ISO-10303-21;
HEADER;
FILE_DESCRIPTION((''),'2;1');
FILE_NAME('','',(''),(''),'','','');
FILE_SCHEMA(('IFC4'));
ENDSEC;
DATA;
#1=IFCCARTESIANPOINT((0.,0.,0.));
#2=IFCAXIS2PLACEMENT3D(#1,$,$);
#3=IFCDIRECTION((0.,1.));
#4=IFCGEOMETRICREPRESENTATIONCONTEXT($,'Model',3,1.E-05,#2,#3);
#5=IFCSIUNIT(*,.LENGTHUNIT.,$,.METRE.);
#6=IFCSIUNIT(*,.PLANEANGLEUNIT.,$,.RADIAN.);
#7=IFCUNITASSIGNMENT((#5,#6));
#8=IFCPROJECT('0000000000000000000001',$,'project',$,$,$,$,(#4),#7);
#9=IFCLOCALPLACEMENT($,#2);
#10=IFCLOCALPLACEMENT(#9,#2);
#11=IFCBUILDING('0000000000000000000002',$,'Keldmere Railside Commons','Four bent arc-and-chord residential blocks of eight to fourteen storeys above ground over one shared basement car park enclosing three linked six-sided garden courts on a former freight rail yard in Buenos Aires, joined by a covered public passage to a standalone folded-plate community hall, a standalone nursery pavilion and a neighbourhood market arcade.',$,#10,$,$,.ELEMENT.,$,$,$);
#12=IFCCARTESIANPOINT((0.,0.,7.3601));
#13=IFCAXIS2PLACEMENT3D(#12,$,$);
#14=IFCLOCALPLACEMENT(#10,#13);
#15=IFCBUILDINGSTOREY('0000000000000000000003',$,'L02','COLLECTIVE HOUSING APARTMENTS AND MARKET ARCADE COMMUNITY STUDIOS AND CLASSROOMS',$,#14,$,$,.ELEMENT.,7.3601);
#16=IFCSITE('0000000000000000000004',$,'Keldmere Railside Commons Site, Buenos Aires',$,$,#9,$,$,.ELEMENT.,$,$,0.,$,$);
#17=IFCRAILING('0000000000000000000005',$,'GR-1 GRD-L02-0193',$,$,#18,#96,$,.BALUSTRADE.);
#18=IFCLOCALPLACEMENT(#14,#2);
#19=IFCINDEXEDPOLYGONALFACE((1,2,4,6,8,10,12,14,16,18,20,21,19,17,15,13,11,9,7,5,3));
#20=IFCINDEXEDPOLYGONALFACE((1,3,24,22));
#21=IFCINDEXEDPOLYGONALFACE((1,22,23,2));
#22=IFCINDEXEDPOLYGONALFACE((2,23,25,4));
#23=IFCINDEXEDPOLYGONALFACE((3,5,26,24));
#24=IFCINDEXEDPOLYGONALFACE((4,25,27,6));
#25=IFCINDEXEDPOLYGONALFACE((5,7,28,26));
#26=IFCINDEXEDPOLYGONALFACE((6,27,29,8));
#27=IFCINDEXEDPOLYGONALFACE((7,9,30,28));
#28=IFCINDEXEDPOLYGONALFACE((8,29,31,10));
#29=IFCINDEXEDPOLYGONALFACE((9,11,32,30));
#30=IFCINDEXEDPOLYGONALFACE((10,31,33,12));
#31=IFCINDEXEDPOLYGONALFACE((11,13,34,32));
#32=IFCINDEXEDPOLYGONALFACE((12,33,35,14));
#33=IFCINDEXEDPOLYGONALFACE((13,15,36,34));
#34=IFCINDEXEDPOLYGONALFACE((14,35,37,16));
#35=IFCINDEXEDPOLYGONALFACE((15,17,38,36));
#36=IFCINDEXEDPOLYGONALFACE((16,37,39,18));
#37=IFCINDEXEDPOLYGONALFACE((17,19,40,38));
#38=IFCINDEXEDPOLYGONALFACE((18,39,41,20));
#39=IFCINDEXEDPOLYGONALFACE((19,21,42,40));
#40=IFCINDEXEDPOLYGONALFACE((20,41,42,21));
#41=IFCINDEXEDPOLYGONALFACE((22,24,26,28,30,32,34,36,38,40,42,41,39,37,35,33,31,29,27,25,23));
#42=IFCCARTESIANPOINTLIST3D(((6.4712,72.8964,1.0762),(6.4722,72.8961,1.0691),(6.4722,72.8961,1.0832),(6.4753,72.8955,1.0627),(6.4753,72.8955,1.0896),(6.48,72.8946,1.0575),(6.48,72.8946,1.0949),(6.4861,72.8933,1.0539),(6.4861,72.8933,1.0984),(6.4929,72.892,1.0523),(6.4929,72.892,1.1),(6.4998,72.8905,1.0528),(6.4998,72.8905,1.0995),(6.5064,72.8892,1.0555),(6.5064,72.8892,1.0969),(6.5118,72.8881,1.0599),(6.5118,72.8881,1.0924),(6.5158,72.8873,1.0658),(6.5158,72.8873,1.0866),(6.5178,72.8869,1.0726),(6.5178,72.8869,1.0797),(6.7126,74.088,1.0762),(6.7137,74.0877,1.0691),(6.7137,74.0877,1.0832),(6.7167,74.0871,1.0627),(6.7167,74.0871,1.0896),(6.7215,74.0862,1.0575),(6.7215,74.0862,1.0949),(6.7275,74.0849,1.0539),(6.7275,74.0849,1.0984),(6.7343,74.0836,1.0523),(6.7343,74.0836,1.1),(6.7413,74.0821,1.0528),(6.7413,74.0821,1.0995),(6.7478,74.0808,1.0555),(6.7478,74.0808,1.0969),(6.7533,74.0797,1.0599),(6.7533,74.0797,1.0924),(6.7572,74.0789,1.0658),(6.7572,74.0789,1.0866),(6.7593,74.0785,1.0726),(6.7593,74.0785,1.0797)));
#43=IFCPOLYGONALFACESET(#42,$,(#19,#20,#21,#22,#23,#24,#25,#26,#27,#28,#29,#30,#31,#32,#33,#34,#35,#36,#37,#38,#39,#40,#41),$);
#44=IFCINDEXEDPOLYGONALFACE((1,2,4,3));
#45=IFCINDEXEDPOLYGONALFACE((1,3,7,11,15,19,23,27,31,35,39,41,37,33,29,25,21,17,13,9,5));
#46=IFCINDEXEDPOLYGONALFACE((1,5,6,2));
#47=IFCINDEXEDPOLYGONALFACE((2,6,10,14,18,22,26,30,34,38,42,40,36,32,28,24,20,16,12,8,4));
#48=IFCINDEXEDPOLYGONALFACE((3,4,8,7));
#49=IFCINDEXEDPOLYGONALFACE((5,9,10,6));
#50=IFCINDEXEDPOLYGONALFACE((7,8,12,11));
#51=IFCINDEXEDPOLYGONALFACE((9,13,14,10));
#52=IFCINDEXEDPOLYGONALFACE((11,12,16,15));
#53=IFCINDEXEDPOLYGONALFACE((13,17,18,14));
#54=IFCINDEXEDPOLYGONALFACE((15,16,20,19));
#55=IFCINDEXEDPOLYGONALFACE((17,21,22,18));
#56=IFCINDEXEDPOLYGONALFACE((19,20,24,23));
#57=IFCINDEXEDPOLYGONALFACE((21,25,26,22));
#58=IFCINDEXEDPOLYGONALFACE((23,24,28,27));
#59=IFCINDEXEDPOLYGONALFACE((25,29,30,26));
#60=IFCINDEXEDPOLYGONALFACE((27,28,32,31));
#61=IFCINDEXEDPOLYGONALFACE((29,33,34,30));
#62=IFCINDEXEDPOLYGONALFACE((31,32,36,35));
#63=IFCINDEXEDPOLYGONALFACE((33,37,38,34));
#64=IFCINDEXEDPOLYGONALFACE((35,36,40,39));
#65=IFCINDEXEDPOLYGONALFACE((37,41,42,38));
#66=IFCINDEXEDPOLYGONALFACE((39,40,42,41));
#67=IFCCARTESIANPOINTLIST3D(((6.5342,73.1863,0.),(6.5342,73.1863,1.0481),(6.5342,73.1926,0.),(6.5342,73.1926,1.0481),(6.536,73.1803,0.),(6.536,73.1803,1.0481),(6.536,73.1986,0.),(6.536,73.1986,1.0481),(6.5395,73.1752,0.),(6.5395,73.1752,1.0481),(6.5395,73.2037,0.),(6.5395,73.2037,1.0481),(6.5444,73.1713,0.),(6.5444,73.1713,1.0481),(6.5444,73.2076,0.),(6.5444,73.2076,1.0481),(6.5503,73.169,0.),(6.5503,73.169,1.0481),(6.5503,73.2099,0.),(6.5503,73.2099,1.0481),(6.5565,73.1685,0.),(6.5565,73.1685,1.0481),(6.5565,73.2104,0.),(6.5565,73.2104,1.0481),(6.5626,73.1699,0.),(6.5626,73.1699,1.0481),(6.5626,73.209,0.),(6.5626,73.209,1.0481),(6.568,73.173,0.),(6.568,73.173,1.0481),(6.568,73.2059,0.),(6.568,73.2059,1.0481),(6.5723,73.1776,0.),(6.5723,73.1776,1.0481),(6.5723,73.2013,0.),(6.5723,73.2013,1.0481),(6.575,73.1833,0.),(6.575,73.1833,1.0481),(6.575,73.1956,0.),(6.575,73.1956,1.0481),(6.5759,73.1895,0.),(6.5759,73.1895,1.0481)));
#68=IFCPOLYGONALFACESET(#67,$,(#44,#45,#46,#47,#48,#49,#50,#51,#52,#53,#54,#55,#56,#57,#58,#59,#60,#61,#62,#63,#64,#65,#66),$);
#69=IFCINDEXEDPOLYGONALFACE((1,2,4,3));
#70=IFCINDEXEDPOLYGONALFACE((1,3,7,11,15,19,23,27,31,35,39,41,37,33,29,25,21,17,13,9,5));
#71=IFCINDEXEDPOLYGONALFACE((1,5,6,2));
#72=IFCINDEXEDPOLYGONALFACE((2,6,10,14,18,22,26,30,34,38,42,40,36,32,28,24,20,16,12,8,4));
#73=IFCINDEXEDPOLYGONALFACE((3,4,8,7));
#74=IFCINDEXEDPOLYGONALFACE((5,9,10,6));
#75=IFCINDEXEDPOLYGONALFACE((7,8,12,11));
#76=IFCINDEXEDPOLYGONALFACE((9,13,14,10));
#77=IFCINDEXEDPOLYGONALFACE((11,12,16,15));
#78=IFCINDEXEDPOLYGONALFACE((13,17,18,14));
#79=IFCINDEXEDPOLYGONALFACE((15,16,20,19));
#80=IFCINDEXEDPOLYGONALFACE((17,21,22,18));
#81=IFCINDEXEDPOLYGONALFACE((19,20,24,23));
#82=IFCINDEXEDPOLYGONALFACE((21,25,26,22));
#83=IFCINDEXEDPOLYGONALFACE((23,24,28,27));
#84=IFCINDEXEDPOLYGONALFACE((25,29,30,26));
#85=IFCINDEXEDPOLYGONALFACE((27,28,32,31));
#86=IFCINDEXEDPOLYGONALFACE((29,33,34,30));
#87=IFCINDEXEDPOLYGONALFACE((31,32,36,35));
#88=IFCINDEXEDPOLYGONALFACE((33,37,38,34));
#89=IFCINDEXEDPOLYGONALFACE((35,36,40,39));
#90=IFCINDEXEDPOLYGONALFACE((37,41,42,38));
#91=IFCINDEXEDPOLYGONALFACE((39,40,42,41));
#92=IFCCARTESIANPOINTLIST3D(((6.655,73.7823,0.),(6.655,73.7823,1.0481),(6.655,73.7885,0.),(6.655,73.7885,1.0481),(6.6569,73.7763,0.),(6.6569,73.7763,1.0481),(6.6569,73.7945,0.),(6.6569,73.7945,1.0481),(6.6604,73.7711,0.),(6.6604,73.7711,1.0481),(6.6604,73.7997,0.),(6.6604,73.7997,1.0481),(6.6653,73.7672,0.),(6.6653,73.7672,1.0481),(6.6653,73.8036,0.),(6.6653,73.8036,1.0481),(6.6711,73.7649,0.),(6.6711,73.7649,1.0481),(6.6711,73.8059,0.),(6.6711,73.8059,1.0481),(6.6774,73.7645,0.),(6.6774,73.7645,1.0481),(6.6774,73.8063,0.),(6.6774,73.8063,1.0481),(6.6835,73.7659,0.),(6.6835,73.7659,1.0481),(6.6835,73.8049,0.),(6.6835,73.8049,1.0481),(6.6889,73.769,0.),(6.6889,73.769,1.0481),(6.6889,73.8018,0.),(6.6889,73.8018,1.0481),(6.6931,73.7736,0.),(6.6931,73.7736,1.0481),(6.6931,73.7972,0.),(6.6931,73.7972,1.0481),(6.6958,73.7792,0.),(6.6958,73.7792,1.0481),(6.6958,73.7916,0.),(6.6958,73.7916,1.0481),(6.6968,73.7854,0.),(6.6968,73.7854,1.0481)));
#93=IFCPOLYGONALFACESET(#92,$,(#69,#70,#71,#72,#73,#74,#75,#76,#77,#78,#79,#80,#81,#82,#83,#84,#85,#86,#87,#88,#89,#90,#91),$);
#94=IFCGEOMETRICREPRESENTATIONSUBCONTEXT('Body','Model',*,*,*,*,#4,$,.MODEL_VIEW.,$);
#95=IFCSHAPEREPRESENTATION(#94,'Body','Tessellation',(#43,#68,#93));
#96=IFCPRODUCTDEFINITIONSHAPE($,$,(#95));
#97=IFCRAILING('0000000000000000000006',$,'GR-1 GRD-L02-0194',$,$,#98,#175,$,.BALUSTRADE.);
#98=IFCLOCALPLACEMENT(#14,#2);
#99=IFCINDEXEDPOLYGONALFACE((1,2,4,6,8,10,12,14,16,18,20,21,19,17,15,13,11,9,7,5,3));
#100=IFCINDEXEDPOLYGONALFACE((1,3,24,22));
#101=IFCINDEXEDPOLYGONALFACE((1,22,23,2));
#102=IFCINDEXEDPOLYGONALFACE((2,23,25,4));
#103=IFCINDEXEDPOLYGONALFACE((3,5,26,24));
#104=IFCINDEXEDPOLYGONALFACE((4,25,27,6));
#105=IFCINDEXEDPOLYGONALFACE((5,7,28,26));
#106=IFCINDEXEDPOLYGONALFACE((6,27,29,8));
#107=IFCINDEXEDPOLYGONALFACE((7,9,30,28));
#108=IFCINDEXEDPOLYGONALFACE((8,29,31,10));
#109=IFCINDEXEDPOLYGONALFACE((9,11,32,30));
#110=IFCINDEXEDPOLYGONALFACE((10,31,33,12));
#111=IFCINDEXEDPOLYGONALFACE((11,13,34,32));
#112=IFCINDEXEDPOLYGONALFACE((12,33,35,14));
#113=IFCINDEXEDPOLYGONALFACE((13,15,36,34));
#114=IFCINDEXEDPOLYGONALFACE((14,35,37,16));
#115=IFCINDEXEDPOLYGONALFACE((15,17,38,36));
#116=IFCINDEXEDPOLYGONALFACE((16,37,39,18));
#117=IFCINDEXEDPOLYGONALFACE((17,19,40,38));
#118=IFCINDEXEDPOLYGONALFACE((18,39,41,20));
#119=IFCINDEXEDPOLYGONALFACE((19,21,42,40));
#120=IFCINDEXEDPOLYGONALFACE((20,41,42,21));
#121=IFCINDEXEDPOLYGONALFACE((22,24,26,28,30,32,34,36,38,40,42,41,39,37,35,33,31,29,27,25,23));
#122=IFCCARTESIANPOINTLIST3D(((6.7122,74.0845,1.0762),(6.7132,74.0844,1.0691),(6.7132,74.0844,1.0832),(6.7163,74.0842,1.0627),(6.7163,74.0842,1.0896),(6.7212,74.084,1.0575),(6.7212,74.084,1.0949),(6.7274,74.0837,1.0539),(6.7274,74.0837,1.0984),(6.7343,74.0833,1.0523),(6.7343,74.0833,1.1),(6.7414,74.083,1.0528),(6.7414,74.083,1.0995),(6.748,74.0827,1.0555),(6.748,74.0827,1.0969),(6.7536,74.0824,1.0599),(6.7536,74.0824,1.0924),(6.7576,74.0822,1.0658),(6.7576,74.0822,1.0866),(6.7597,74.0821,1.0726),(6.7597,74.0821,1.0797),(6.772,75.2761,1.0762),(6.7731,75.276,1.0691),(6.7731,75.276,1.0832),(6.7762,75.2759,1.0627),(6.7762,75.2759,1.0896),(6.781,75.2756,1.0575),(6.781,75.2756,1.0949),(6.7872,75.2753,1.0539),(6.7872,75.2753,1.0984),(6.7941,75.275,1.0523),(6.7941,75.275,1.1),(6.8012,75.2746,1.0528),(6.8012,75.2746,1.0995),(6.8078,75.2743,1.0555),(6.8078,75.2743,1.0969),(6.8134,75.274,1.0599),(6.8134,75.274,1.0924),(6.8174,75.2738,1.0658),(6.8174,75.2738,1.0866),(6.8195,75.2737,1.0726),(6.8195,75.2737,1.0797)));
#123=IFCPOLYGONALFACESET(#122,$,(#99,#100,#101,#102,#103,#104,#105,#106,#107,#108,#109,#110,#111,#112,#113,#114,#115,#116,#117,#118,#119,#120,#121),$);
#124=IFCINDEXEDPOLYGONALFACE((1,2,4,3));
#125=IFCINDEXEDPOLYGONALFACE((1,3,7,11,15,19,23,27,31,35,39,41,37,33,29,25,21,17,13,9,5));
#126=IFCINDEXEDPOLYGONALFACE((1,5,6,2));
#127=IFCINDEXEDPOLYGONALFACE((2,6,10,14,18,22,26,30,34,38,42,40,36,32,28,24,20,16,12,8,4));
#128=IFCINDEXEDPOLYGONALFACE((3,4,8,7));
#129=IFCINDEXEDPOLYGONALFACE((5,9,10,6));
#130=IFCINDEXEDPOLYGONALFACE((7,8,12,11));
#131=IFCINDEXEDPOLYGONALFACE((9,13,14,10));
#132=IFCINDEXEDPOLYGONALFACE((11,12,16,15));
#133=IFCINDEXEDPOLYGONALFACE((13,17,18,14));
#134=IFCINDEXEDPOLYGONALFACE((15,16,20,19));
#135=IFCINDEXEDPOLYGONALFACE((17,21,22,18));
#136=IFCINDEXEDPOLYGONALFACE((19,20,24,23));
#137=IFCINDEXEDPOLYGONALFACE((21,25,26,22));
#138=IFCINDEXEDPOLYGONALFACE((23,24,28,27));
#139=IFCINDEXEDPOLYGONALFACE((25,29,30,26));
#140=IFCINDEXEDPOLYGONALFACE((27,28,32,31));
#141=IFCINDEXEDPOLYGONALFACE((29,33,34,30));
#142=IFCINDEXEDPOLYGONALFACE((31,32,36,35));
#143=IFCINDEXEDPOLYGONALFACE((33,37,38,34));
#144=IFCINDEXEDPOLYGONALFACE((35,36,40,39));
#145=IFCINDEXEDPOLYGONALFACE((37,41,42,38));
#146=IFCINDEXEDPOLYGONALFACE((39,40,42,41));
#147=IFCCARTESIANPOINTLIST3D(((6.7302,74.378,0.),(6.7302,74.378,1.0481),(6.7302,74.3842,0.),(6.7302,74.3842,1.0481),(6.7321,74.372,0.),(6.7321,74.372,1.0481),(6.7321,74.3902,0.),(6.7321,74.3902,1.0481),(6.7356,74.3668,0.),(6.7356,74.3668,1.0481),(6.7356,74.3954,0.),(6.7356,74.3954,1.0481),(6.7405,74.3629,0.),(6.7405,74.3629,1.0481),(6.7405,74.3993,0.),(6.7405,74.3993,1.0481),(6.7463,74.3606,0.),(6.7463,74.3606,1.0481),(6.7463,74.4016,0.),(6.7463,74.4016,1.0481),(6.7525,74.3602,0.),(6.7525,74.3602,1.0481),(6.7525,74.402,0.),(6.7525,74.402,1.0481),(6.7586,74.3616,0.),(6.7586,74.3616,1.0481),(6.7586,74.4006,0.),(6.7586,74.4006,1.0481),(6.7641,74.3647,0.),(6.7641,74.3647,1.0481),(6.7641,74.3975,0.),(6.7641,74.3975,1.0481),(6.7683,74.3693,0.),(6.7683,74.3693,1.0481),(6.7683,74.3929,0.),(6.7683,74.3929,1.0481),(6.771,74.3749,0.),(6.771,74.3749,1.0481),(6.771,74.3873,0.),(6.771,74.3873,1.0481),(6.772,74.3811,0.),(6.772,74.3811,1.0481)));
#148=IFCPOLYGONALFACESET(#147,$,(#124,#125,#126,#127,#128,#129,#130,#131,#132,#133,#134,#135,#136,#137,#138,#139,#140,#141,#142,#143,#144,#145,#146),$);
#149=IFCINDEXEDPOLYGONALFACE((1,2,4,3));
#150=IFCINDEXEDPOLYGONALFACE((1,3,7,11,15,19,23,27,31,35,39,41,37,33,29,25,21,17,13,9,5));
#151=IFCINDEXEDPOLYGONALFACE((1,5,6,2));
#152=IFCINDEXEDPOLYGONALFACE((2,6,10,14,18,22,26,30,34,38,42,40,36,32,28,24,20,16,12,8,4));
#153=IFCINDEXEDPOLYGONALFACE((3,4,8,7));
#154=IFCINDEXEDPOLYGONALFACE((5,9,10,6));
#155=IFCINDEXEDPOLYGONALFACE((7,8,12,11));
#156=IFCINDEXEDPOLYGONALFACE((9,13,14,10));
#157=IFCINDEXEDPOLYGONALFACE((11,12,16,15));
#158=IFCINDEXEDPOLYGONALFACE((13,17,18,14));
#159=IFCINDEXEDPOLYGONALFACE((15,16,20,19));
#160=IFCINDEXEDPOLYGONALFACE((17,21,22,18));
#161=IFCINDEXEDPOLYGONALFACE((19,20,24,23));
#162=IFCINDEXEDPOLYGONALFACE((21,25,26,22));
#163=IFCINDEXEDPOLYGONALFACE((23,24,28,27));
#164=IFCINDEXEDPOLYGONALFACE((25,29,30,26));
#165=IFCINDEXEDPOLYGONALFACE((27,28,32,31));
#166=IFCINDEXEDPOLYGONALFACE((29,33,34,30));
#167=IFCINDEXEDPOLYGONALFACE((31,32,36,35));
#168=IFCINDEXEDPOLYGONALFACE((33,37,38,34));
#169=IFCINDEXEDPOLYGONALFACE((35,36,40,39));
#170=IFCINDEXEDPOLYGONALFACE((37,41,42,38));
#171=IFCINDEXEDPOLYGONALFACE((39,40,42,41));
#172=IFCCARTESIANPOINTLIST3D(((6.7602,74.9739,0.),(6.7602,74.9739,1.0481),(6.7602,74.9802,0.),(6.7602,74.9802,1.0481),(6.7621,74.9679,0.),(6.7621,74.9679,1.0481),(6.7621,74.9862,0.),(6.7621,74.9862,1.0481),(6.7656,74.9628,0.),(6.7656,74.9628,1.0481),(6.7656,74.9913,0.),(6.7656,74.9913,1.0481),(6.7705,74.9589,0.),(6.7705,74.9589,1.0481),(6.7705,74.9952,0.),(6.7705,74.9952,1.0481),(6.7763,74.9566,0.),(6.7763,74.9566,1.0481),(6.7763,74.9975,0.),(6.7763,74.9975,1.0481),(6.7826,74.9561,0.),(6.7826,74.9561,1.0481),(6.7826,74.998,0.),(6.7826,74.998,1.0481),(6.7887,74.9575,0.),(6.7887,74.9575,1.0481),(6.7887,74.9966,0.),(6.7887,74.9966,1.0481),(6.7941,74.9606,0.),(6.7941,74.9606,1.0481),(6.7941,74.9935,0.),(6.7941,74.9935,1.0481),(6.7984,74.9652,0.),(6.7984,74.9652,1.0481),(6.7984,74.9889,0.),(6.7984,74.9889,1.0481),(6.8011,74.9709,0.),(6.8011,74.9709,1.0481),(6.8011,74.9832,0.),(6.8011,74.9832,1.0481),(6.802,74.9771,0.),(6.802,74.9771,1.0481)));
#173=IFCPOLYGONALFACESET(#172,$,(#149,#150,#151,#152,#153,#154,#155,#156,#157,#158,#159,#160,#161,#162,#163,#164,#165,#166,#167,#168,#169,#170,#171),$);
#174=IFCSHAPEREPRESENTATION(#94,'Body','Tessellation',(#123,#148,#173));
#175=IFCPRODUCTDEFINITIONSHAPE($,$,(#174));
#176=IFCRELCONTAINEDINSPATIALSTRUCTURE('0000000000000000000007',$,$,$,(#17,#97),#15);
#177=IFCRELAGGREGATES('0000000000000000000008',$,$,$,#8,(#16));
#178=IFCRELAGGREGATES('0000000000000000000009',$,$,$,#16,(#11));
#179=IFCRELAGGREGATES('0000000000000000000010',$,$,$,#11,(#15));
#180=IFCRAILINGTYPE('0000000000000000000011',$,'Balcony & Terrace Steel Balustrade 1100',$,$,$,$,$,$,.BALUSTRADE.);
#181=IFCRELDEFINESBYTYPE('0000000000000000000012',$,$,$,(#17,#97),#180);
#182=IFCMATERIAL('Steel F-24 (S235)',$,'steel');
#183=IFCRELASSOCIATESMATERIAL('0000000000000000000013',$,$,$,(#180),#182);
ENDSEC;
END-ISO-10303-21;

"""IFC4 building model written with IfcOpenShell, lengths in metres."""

from ifc_helpers import new_model, si_unit, direction, frame, origin, origin_2d, place, context, subcontext, project, spatial, circle, extrude, material, type_object, element, save


model = new_model("IFC4")

# Units and contexts
model_context = context("Model", 3, precision=1e-05, world=origin(), true_north=direction((0.0, 1.0)))
body_context = subcontext(model_context, "Body", "Model", "MODEL_VIEW")
ifc_project = project(units=[si_unit("LENGTHUNIT", "METRE"), si_unit("PLANEANGLEUNIT", "RADIAN")], contexts=[model_context])

# Site, building, storey
site_placement = place(None, origin())
site = spatial("IfcSite", under=ifc_project, at=site_placement, Name="Keldmere Railside Commons Site, Buenos Aires", CompositionType="ELEMENT", RefElevation=0.0)
building_placement = place(site_placement, origin())
building = spatial("IfcBuilding", under=site, at=building_placement, Name="Keldmere Railside Commons", Description="Four bent arc-and-chord residential blocks of eight to fourteen storeys above ground over one shared basement car park enclosing three linked six-sided garden courts on a former freight rail yard in Buenos Aires, joined by a covered public passage to a standalone folded-plate community hall, a standalone nursery pavilion and a neighbourhood market arcade.", CompositionType="ELEMENT")
storey_placement = place(building_placement, frame((0.0, 0.0, 7.3601)))
storey = spatial("IfcBuildingStorey", under=building, at=storey_placement, Name="L02", Description="COLLECTIVE HOUSING APARTMENTS AND MARKET ARCADE COMMUNITY STUDIOS AND CLASSROOMS", CompositionType="ELEMENT", Elevation=7.3601)

# Shared definitions
ifc_material_1 = material(Name="Steel F-24 (S235)", Category="steel")

# Railings
railing_type_1 = type_object("IfcRailingType", Name="Balcony & Terrace Steel Balustrade 1100", PredefinedType="BALUSTRADE", material=ifc_material_1)
railing_1_placement = place(storey_placement, frame((6.4946, 72.8916, 0.0)))
element("IfcRailing", 1, at=railing_1_placement, inside=storey, type_object=railing_type_1, Name="GR-1 GRD-L02-0193", PredefinedType="BALUSTRADE", context=body_context, shape_type="SweptSolid", body=[
    extrude(circle(Radius=0.0239, at=origin_2d()), frame((0.0, 0.0, 1.0762), z_axis=(0.198587, 0.980083, 0.0), x_axis=(-0.980083, 0.198587, 0.0)), (0.0, 0.0, 1.0), 1.2158),
    extrude(circle(Radius=0.021, at=origin_2d()), frame((0.0603, 0.2979, 0.0)), (0.0, 0.0, 1.0), 1.0481),
    extrude(circle(Radius=0.021, at=origin_2d()), frame((0.1812, 0.8938, 0.0)), (0.0, 0.0, 1.0), 1.0481),
])
railing_2_placement = place(storey_placement, frame((6.7361, 74.0833, 0.0)))
element("IfcRailing", 2, at=railing_2_placement, inside=storey, type_object=railing_type_1, Name="GR-1 GRD-L02-0194", PredefinedType="BALUSTRADE", context=body_context, shape_type="SweptSolid", body=[
    extrude(circle(Radius=0.0239, at=origin_2d()), frame((0.0, 0.0, 1.0762), z_axis=(0.050132, 0.998743, 0.0), x_axis=(-0.998743, 0.050132, 0.0)), (0.0, 0.0, 1.0), 1.1931),
    extrude(circle(Radius=0.021, at=origin_2d()), frame((0.0149, 0.2979, 0.0)), (0.0, 0.0, 1.0), 1.0481),
    extrude(circle(Radius=0.021, at=origin_2d()), frame((0.0449, 0.8938, 0.0)), (0.0, 0.0, 1.0), 1.0481),
])

save(model, "model.ifc")
